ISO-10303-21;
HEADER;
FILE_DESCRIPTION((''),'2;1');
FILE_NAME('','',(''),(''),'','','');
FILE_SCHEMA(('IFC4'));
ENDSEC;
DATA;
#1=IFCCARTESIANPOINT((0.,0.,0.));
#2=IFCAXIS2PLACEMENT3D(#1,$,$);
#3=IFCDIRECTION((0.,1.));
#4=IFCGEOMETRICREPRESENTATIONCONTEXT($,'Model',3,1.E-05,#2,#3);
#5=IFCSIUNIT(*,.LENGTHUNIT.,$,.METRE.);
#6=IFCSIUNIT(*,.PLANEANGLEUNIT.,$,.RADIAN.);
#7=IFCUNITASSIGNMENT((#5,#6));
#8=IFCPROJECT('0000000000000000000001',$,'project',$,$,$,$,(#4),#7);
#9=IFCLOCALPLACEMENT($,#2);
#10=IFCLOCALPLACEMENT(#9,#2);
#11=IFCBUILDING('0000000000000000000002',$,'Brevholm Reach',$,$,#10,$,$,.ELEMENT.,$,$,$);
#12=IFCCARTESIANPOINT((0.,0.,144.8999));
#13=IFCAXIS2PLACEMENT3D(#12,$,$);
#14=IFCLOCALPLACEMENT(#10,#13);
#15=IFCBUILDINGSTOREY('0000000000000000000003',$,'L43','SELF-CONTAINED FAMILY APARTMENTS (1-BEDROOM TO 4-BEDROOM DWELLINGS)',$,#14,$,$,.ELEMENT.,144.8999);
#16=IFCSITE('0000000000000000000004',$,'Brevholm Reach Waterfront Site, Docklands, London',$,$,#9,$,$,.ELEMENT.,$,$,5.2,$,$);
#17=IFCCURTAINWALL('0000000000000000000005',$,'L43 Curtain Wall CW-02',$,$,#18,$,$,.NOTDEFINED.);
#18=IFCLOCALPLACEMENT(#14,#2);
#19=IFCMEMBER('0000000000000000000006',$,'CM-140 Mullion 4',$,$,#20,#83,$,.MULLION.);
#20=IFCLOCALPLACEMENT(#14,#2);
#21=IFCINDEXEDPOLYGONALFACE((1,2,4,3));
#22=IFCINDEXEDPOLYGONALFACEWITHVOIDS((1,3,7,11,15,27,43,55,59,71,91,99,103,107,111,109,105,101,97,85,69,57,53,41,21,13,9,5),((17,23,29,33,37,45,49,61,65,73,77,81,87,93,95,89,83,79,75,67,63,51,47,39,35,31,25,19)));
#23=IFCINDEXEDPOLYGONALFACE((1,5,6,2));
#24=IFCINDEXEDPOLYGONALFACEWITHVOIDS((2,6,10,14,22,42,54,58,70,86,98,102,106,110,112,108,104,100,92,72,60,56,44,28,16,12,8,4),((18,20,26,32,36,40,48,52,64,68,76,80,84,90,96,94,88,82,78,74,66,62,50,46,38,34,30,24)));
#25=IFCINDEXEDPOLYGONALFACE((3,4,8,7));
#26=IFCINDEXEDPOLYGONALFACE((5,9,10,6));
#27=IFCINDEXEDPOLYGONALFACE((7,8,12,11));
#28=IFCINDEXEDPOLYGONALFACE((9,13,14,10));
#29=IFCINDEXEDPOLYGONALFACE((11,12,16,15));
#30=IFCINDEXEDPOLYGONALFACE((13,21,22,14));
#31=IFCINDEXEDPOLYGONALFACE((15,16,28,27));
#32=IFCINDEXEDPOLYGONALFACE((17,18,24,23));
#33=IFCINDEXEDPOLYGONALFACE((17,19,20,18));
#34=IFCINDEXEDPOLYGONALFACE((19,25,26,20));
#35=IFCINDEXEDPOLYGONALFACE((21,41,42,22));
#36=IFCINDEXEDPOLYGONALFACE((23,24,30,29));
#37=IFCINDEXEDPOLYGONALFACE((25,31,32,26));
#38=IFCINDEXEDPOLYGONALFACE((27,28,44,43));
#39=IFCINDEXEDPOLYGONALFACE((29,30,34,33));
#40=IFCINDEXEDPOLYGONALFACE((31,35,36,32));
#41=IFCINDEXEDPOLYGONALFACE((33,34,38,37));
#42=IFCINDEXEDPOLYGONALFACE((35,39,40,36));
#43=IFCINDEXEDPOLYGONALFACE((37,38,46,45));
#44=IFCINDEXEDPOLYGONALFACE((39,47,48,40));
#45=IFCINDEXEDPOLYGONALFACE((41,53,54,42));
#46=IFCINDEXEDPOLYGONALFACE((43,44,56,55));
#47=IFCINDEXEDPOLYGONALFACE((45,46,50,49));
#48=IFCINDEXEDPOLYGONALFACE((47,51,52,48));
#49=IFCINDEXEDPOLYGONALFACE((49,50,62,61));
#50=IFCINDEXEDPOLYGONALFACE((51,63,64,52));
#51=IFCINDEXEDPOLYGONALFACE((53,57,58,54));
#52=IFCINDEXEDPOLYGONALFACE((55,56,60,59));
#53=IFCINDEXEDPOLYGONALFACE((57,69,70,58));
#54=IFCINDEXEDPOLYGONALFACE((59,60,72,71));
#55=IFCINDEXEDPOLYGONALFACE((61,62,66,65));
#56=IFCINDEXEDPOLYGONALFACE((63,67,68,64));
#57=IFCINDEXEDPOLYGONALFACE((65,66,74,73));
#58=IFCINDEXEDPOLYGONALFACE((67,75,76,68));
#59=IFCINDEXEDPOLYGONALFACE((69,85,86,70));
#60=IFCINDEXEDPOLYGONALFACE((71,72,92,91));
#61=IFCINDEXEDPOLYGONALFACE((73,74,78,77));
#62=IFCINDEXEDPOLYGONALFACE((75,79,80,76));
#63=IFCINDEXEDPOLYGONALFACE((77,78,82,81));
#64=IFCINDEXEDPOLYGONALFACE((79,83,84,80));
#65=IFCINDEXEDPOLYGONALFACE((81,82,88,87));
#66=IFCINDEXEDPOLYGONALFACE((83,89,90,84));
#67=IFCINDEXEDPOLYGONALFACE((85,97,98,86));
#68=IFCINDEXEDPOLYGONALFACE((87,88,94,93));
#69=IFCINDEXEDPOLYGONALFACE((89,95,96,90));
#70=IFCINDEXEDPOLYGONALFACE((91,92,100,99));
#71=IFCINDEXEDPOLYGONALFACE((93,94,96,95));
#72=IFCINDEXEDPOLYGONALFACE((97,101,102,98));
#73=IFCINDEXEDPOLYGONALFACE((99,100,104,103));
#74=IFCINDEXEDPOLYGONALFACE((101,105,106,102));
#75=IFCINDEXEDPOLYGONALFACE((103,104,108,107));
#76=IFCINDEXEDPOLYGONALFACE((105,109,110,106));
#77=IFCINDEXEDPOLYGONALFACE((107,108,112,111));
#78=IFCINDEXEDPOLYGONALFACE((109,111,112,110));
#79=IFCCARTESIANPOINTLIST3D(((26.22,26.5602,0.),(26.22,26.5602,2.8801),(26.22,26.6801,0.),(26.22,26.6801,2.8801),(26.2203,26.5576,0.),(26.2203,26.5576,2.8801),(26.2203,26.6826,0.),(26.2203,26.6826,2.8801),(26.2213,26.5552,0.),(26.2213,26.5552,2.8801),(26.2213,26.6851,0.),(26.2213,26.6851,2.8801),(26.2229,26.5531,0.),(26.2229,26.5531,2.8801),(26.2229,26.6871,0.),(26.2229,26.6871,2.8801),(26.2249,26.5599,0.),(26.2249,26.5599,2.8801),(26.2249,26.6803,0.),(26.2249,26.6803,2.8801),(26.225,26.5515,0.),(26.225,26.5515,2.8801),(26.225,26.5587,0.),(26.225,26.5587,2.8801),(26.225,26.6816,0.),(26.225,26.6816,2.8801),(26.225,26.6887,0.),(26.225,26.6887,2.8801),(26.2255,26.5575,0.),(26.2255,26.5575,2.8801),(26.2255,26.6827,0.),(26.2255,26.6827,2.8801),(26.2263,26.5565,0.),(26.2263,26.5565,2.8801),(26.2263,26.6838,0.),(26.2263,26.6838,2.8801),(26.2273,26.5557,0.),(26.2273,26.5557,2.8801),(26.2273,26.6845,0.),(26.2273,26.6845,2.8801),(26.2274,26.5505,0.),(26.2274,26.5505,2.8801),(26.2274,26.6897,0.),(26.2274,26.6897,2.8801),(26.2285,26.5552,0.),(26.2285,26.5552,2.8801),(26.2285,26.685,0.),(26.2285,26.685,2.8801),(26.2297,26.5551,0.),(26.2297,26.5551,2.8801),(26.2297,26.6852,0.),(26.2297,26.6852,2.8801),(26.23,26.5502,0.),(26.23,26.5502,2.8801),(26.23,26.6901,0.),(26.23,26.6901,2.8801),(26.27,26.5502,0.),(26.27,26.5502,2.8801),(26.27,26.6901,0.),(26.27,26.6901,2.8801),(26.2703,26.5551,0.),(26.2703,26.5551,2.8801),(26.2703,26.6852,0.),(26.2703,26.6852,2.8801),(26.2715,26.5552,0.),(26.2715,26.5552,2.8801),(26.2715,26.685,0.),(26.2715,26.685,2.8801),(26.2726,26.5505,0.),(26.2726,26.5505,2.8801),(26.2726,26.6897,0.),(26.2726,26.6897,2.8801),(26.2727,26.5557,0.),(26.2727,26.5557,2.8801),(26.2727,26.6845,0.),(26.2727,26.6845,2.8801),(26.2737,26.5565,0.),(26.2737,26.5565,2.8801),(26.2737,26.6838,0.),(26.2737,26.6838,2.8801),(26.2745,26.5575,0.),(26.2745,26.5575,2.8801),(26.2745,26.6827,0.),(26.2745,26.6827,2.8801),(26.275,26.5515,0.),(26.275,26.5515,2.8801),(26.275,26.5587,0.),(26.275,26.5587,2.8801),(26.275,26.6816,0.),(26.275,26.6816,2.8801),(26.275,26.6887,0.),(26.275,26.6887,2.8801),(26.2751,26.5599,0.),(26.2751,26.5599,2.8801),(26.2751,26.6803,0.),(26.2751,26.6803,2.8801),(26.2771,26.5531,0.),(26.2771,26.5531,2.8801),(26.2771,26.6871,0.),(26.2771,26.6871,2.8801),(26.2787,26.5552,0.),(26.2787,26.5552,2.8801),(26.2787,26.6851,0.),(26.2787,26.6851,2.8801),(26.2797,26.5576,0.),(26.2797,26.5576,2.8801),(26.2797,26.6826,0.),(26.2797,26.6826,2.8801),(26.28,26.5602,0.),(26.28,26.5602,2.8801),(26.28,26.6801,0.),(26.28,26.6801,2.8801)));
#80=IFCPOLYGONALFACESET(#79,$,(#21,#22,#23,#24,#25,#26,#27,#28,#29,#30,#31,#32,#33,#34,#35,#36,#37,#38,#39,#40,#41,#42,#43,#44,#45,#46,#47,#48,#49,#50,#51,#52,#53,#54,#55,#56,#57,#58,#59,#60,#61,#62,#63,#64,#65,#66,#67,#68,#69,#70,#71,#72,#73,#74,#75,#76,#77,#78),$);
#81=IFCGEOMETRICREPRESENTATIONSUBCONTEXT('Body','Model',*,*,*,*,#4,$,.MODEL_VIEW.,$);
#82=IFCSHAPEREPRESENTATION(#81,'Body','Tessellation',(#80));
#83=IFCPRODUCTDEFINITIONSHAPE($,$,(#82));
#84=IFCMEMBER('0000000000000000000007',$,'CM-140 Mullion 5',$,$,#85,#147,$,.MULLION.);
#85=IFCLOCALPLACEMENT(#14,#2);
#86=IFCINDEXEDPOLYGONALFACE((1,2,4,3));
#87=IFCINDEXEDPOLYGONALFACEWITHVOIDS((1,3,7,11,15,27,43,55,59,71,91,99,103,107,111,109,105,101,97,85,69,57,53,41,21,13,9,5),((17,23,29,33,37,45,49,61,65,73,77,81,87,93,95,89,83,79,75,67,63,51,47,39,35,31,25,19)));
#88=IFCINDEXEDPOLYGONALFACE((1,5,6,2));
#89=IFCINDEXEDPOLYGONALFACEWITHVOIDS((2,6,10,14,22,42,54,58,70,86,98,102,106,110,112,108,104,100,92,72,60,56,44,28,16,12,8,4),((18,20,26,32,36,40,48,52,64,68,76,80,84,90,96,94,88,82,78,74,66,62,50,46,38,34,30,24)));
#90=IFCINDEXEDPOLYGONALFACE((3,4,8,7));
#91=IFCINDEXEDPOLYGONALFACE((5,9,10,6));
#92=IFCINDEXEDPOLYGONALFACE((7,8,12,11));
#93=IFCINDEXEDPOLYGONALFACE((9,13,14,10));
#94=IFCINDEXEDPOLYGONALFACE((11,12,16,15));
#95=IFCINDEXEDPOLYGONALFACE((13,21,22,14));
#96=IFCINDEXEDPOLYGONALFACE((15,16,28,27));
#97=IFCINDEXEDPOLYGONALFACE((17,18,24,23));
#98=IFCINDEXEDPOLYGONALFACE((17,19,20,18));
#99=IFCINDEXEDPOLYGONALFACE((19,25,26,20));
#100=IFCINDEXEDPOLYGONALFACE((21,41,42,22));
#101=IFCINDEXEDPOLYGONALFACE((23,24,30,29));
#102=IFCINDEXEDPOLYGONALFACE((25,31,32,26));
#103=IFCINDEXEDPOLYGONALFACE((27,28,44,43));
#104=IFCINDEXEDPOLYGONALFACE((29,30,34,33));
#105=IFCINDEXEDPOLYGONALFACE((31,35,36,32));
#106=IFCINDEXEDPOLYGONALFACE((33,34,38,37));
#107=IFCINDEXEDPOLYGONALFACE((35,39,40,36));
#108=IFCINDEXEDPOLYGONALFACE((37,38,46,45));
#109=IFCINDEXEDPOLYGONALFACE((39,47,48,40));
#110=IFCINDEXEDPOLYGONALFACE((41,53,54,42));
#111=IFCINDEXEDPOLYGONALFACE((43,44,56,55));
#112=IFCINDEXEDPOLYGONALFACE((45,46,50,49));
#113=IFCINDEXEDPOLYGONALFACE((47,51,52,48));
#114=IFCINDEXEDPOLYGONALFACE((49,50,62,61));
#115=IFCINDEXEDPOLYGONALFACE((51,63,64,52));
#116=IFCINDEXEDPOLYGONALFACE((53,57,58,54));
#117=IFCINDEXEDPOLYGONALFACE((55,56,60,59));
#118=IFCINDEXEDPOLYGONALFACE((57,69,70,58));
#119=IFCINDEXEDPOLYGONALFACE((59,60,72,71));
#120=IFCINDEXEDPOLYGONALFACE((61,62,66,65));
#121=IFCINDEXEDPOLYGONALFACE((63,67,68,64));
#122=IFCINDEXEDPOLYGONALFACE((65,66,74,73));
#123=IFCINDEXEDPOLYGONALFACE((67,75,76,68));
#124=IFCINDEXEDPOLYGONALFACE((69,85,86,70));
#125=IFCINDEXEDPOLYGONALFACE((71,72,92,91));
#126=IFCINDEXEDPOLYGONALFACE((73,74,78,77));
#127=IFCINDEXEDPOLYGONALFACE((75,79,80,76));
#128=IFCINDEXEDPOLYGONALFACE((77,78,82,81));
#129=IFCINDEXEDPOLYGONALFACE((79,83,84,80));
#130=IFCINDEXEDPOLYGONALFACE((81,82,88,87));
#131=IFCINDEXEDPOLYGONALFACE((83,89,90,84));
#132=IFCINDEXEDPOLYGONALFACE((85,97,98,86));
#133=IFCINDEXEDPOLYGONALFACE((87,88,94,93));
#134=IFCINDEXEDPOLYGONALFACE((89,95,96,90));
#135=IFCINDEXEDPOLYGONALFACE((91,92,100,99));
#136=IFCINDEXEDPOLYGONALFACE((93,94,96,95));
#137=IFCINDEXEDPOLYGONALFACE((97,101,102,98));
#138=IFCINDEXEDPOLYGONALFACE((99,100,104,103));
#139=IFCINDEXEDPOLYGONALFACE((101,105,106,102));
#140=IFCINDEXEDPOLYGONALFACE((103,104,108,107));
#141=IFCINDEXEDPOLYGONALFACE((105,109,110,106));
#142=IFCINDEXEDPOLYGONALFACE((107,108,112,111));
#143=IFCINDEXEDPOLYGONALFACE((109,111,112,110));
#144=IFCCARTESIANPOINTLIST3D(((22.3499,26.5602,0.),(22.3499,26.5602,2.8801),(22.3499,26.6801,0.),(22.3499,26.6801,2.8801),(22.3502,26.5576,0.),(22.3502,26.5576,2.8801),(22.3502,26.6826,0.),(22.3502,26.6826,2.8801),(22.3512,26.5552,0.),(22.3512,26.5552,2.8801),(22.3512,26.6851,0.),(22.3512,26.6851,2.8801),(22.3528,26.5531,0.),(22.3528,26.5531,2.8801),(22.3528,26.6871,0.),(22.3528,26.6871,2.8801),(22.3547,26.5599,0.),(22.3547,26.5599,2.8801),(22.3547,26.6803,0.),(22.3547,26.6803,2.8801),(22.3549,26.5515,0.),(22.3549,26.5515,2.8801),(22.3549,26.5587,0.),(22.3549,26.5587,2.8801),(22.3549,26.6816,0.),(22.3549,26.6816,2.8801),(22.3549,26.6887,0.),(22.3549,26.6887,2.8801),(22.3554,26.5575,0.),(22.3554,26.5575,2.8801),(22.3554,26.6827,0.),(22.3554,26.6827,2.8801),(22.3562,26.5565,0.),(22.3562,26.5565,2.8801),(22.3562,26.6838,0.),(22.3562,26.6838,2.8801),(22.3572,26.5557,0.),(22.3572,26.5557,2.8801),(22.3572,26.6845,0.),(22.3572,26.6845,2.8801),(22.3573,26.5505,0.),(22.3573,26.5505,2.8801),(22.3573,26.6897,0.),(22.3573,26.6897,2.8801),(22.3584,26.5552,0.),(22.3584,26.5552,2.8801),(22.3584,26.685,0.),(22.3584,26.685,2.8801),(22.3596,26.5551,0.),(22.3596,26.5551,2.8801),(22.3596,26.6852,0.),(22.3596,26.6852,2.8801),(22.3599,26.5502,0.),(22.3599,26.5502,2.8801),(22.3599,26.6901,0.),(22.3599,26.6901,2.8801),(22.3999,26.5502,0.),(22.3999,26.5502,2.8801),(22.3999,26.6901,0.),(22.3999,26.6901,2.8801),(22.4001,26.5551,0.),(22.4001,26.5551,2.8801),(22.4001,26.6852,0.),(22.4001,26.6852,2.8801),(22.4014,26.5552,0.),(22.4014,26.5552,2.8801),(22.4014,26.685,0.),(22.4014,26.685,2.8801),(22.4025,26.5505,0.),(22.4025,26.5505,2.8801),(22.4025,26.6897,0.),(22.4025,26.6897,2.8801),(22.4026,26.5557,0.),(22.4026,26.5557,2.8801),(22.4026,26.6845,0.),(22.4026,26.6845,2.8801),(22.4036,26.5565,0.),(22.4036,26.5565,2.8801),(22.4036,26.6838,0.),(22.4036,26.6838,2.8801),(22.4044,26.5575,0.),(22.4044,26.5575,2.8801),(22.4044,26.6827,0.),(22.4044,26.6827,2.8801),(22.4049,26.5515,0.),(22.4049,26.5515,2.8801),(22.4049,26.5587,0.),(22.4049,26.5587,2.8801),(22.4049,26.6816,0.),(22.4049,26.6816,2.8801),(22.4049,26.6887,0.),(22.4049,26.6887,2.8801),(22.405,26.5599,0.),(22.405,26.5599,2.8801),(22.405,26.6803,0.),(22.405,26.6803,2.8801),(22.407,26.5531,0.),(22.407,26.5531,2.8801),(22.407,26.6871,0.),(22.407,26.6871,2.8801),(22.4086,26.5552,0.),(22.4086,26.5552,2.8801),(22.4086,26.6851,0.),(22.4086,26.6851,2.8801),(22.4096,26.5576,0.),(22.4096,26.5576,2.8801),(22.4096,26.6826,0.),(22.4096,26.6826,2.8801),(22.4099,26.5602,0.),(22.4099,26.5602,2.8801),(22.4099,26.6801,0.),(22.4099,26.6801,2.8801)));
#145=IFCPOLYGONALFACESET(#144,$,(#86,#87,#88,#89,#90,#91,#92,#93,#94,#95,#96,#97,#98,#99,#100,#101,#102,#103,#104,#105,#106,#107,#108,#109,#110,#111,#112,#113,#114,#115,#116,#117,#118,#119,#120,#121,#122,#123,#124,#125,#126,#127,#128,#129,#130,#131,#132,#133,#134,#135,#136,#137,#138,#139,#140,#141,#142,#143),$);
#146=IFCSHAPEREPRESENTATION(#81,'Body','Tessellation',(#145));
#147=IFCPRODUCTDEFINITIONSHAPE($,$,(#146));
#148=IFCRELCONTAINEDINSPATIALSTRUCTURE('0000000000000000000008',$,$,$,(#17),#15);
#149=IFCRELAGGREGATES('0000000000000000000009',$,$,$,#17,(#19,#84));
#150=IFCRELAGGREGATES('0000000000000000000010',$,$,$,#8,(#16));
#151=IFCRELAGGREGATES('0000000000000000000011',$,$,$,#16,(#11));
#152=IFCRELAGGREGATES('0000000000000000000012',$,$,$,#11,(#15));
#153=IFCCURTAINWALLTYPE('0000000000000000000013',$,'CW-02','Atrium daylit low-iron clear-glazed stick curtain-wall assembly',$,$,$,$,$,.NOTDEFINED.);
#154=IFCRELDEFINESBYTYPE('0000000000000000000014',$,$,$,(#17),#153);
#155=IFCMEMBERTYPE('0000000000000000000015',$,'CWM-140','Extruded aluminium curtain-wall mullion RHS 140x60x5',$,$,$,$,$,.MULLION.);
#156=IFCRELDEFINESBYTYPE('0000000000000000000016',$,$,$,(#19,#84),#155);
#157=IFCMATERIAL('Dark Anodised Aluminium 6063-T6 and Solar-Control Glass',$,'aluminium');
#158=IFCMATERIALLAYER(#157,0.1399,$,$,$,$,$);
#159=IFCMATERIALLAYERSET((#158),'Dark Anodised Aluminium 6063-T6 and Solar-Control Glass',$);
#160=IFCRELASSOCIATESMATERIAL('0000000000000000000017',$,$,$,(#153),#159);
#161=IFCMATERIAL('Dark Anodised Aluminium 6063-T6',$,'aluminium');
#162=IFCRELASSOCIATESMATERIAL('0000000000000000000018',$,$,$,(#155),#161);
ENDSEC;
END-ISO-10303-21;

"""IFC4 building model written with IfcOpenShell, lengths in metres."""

from ifc_helpers import new_model, si_unit, direction, frame, origin, origin_2d, place, context, subcontext, project, spatial, hollow_rectangle, extrude, material, layer, layer_set, material_profile, profile_set, type_object, element, aggregate, save


model = new_model("IFC4")

# Units and contexts
model_context = context("Model", 3, precision=1e-05, world=origin(), true_north=direction((0.0, 1.0)))
body_context = subcontext(model_context, "Body", "Model", "MODEL_VIEW")
ifc_project = project(units=[si_unit("LENGTHUNIT", "METRE"), si_unit("PLANEANGLEUNIT", "RADIAN")], contexts=[model_context])

# Site, building, storey
site_placement = place(None, origin())
site = spatial("IfcSite", under=ifc_project, at=site_placement, Name="Brevholm Reach Waterfront Site, Docklands, London", CompositionType="ELEMENT", RefElevation=5.2)
building_placement = place(site_placement, origin())
building = spatial("IfcBuilding", under=site, at=building_placement, Name="Brevholm Reach", CompositionType="ELEMENT")
storey_placement = place(building_placement, frame((0.0, 0.0, 144.8999)))
storey = spatial("IfcBuildingStorey", under=building, at=storey_placement, Name="L43", Description="SELF-CONTAINED FAMILY APARTMENTS (1-BEDROOM TO 4-BEDROOM DWELLINGS)", CompositionType="ELEMENT", Elevation=144.8999)

# Curtain wall, members
ifc_material_1 = material(Name="Dark Anodised Aluminium 6063-T6 and Solar-Control Glass", Category="aluminium")
ifc_layer_1 = layer(ifc_material_1, 0.1399)
ifc_layer_set_1 = layer_set([ifc_layer_1], Name="Dark Anodised Aluminium 6063-T6 and Solar-Control Glass")
curtain_wall_type = type_object("IfcCurtainWallType", Name="CW-02", Description="Atrium daylit low-iron clear-glazed stick curtain-wall assembly", PredefinedType="NOTDEFINED", material=ifc_layer_set_1)
curtain_wall_placement = place(storey_placement, origin())
curtain_wall = element("IfcCurtainWall", 1, at=curtain_wall_placement, inside=storey, type_object=curtain_wall_type, Name="L43 Curtain Wall CW-02", PredefinedType="NOTDEFINED")
ifc_material_2 = material(Name="Dark Anodised Aluminium 6063-T6", Category="aluminium")
ifc_material_profile_1 = material_profile(ifc_material_2, hollow_rectangle(XDim=0.0601, YDim=0.1399, WallThickness=0.0049, InnerFilletRadius=0.0049, OuterFilletRadius=0.01, at=origin_2d()), Name="RHS 140x60x5")
ifc_profile_set_1 = profile_set([ifc_material_profile_1], Name="Dark Anodised Aluminium 6063-T6")
member_type_1 = type_object("IfcMemberType", Name="CWM-140", Description="Extruded aluminium curtain-wall mullion RHS 140x60x5", PredefinedType="MULLION", material=ifc_profile_set_1)
member_1_placement = place(storey_placement, frame((26.25, 26.6201, 0.0), z_axis=(0.0, 0.0, 1.0), x_axis=(-1.0, 0.0, 0.0)))
member_1 = element("IfcMember", 2, at=member_1_placement, type_object=member_type_1, Name="CM-140 Mullion 4", PredefinedType="MULLION", context=body_context, shape_type="SweptSolid", body=[
    extrude(hollow_rectangle(XDim=0.0601, YDim=0.1399, WallThickness=0.0049, InnerFilletRadius=0.0049, OuterFilletRadius=0.01, at=origin_2d()), origin(), (0.0, 0.0, 1.0), 2.8801),
])
member_2_placement = place(storey_placement, frame((22.3799, 26.6201, 0.0), z_axis=(0.0, 0.0, 1.0), x_axis=(-1.0, 0.0, 0.0)))
member_2 = element("IfcMember", 3, at=member_2_placement, type_object=member_type_1, Name="CM-140 Mullion 5", PredefinedType="MULLION", context=body_context, shape_type="SweptSolid", body=[
    extrude(hollow_rectangle(XDim=0.0601, YDim=0.1399, WallThickness=0.0049, InnerFilletRadius=0.0049, OuterFilletRadius=0.01, at=origin_2d()), origin(), (0.0, 0.0, 1.0), 2.8801),
])
aggregate(curtain_wall, [member_1, member_2])

save(model, "model.ifc")
